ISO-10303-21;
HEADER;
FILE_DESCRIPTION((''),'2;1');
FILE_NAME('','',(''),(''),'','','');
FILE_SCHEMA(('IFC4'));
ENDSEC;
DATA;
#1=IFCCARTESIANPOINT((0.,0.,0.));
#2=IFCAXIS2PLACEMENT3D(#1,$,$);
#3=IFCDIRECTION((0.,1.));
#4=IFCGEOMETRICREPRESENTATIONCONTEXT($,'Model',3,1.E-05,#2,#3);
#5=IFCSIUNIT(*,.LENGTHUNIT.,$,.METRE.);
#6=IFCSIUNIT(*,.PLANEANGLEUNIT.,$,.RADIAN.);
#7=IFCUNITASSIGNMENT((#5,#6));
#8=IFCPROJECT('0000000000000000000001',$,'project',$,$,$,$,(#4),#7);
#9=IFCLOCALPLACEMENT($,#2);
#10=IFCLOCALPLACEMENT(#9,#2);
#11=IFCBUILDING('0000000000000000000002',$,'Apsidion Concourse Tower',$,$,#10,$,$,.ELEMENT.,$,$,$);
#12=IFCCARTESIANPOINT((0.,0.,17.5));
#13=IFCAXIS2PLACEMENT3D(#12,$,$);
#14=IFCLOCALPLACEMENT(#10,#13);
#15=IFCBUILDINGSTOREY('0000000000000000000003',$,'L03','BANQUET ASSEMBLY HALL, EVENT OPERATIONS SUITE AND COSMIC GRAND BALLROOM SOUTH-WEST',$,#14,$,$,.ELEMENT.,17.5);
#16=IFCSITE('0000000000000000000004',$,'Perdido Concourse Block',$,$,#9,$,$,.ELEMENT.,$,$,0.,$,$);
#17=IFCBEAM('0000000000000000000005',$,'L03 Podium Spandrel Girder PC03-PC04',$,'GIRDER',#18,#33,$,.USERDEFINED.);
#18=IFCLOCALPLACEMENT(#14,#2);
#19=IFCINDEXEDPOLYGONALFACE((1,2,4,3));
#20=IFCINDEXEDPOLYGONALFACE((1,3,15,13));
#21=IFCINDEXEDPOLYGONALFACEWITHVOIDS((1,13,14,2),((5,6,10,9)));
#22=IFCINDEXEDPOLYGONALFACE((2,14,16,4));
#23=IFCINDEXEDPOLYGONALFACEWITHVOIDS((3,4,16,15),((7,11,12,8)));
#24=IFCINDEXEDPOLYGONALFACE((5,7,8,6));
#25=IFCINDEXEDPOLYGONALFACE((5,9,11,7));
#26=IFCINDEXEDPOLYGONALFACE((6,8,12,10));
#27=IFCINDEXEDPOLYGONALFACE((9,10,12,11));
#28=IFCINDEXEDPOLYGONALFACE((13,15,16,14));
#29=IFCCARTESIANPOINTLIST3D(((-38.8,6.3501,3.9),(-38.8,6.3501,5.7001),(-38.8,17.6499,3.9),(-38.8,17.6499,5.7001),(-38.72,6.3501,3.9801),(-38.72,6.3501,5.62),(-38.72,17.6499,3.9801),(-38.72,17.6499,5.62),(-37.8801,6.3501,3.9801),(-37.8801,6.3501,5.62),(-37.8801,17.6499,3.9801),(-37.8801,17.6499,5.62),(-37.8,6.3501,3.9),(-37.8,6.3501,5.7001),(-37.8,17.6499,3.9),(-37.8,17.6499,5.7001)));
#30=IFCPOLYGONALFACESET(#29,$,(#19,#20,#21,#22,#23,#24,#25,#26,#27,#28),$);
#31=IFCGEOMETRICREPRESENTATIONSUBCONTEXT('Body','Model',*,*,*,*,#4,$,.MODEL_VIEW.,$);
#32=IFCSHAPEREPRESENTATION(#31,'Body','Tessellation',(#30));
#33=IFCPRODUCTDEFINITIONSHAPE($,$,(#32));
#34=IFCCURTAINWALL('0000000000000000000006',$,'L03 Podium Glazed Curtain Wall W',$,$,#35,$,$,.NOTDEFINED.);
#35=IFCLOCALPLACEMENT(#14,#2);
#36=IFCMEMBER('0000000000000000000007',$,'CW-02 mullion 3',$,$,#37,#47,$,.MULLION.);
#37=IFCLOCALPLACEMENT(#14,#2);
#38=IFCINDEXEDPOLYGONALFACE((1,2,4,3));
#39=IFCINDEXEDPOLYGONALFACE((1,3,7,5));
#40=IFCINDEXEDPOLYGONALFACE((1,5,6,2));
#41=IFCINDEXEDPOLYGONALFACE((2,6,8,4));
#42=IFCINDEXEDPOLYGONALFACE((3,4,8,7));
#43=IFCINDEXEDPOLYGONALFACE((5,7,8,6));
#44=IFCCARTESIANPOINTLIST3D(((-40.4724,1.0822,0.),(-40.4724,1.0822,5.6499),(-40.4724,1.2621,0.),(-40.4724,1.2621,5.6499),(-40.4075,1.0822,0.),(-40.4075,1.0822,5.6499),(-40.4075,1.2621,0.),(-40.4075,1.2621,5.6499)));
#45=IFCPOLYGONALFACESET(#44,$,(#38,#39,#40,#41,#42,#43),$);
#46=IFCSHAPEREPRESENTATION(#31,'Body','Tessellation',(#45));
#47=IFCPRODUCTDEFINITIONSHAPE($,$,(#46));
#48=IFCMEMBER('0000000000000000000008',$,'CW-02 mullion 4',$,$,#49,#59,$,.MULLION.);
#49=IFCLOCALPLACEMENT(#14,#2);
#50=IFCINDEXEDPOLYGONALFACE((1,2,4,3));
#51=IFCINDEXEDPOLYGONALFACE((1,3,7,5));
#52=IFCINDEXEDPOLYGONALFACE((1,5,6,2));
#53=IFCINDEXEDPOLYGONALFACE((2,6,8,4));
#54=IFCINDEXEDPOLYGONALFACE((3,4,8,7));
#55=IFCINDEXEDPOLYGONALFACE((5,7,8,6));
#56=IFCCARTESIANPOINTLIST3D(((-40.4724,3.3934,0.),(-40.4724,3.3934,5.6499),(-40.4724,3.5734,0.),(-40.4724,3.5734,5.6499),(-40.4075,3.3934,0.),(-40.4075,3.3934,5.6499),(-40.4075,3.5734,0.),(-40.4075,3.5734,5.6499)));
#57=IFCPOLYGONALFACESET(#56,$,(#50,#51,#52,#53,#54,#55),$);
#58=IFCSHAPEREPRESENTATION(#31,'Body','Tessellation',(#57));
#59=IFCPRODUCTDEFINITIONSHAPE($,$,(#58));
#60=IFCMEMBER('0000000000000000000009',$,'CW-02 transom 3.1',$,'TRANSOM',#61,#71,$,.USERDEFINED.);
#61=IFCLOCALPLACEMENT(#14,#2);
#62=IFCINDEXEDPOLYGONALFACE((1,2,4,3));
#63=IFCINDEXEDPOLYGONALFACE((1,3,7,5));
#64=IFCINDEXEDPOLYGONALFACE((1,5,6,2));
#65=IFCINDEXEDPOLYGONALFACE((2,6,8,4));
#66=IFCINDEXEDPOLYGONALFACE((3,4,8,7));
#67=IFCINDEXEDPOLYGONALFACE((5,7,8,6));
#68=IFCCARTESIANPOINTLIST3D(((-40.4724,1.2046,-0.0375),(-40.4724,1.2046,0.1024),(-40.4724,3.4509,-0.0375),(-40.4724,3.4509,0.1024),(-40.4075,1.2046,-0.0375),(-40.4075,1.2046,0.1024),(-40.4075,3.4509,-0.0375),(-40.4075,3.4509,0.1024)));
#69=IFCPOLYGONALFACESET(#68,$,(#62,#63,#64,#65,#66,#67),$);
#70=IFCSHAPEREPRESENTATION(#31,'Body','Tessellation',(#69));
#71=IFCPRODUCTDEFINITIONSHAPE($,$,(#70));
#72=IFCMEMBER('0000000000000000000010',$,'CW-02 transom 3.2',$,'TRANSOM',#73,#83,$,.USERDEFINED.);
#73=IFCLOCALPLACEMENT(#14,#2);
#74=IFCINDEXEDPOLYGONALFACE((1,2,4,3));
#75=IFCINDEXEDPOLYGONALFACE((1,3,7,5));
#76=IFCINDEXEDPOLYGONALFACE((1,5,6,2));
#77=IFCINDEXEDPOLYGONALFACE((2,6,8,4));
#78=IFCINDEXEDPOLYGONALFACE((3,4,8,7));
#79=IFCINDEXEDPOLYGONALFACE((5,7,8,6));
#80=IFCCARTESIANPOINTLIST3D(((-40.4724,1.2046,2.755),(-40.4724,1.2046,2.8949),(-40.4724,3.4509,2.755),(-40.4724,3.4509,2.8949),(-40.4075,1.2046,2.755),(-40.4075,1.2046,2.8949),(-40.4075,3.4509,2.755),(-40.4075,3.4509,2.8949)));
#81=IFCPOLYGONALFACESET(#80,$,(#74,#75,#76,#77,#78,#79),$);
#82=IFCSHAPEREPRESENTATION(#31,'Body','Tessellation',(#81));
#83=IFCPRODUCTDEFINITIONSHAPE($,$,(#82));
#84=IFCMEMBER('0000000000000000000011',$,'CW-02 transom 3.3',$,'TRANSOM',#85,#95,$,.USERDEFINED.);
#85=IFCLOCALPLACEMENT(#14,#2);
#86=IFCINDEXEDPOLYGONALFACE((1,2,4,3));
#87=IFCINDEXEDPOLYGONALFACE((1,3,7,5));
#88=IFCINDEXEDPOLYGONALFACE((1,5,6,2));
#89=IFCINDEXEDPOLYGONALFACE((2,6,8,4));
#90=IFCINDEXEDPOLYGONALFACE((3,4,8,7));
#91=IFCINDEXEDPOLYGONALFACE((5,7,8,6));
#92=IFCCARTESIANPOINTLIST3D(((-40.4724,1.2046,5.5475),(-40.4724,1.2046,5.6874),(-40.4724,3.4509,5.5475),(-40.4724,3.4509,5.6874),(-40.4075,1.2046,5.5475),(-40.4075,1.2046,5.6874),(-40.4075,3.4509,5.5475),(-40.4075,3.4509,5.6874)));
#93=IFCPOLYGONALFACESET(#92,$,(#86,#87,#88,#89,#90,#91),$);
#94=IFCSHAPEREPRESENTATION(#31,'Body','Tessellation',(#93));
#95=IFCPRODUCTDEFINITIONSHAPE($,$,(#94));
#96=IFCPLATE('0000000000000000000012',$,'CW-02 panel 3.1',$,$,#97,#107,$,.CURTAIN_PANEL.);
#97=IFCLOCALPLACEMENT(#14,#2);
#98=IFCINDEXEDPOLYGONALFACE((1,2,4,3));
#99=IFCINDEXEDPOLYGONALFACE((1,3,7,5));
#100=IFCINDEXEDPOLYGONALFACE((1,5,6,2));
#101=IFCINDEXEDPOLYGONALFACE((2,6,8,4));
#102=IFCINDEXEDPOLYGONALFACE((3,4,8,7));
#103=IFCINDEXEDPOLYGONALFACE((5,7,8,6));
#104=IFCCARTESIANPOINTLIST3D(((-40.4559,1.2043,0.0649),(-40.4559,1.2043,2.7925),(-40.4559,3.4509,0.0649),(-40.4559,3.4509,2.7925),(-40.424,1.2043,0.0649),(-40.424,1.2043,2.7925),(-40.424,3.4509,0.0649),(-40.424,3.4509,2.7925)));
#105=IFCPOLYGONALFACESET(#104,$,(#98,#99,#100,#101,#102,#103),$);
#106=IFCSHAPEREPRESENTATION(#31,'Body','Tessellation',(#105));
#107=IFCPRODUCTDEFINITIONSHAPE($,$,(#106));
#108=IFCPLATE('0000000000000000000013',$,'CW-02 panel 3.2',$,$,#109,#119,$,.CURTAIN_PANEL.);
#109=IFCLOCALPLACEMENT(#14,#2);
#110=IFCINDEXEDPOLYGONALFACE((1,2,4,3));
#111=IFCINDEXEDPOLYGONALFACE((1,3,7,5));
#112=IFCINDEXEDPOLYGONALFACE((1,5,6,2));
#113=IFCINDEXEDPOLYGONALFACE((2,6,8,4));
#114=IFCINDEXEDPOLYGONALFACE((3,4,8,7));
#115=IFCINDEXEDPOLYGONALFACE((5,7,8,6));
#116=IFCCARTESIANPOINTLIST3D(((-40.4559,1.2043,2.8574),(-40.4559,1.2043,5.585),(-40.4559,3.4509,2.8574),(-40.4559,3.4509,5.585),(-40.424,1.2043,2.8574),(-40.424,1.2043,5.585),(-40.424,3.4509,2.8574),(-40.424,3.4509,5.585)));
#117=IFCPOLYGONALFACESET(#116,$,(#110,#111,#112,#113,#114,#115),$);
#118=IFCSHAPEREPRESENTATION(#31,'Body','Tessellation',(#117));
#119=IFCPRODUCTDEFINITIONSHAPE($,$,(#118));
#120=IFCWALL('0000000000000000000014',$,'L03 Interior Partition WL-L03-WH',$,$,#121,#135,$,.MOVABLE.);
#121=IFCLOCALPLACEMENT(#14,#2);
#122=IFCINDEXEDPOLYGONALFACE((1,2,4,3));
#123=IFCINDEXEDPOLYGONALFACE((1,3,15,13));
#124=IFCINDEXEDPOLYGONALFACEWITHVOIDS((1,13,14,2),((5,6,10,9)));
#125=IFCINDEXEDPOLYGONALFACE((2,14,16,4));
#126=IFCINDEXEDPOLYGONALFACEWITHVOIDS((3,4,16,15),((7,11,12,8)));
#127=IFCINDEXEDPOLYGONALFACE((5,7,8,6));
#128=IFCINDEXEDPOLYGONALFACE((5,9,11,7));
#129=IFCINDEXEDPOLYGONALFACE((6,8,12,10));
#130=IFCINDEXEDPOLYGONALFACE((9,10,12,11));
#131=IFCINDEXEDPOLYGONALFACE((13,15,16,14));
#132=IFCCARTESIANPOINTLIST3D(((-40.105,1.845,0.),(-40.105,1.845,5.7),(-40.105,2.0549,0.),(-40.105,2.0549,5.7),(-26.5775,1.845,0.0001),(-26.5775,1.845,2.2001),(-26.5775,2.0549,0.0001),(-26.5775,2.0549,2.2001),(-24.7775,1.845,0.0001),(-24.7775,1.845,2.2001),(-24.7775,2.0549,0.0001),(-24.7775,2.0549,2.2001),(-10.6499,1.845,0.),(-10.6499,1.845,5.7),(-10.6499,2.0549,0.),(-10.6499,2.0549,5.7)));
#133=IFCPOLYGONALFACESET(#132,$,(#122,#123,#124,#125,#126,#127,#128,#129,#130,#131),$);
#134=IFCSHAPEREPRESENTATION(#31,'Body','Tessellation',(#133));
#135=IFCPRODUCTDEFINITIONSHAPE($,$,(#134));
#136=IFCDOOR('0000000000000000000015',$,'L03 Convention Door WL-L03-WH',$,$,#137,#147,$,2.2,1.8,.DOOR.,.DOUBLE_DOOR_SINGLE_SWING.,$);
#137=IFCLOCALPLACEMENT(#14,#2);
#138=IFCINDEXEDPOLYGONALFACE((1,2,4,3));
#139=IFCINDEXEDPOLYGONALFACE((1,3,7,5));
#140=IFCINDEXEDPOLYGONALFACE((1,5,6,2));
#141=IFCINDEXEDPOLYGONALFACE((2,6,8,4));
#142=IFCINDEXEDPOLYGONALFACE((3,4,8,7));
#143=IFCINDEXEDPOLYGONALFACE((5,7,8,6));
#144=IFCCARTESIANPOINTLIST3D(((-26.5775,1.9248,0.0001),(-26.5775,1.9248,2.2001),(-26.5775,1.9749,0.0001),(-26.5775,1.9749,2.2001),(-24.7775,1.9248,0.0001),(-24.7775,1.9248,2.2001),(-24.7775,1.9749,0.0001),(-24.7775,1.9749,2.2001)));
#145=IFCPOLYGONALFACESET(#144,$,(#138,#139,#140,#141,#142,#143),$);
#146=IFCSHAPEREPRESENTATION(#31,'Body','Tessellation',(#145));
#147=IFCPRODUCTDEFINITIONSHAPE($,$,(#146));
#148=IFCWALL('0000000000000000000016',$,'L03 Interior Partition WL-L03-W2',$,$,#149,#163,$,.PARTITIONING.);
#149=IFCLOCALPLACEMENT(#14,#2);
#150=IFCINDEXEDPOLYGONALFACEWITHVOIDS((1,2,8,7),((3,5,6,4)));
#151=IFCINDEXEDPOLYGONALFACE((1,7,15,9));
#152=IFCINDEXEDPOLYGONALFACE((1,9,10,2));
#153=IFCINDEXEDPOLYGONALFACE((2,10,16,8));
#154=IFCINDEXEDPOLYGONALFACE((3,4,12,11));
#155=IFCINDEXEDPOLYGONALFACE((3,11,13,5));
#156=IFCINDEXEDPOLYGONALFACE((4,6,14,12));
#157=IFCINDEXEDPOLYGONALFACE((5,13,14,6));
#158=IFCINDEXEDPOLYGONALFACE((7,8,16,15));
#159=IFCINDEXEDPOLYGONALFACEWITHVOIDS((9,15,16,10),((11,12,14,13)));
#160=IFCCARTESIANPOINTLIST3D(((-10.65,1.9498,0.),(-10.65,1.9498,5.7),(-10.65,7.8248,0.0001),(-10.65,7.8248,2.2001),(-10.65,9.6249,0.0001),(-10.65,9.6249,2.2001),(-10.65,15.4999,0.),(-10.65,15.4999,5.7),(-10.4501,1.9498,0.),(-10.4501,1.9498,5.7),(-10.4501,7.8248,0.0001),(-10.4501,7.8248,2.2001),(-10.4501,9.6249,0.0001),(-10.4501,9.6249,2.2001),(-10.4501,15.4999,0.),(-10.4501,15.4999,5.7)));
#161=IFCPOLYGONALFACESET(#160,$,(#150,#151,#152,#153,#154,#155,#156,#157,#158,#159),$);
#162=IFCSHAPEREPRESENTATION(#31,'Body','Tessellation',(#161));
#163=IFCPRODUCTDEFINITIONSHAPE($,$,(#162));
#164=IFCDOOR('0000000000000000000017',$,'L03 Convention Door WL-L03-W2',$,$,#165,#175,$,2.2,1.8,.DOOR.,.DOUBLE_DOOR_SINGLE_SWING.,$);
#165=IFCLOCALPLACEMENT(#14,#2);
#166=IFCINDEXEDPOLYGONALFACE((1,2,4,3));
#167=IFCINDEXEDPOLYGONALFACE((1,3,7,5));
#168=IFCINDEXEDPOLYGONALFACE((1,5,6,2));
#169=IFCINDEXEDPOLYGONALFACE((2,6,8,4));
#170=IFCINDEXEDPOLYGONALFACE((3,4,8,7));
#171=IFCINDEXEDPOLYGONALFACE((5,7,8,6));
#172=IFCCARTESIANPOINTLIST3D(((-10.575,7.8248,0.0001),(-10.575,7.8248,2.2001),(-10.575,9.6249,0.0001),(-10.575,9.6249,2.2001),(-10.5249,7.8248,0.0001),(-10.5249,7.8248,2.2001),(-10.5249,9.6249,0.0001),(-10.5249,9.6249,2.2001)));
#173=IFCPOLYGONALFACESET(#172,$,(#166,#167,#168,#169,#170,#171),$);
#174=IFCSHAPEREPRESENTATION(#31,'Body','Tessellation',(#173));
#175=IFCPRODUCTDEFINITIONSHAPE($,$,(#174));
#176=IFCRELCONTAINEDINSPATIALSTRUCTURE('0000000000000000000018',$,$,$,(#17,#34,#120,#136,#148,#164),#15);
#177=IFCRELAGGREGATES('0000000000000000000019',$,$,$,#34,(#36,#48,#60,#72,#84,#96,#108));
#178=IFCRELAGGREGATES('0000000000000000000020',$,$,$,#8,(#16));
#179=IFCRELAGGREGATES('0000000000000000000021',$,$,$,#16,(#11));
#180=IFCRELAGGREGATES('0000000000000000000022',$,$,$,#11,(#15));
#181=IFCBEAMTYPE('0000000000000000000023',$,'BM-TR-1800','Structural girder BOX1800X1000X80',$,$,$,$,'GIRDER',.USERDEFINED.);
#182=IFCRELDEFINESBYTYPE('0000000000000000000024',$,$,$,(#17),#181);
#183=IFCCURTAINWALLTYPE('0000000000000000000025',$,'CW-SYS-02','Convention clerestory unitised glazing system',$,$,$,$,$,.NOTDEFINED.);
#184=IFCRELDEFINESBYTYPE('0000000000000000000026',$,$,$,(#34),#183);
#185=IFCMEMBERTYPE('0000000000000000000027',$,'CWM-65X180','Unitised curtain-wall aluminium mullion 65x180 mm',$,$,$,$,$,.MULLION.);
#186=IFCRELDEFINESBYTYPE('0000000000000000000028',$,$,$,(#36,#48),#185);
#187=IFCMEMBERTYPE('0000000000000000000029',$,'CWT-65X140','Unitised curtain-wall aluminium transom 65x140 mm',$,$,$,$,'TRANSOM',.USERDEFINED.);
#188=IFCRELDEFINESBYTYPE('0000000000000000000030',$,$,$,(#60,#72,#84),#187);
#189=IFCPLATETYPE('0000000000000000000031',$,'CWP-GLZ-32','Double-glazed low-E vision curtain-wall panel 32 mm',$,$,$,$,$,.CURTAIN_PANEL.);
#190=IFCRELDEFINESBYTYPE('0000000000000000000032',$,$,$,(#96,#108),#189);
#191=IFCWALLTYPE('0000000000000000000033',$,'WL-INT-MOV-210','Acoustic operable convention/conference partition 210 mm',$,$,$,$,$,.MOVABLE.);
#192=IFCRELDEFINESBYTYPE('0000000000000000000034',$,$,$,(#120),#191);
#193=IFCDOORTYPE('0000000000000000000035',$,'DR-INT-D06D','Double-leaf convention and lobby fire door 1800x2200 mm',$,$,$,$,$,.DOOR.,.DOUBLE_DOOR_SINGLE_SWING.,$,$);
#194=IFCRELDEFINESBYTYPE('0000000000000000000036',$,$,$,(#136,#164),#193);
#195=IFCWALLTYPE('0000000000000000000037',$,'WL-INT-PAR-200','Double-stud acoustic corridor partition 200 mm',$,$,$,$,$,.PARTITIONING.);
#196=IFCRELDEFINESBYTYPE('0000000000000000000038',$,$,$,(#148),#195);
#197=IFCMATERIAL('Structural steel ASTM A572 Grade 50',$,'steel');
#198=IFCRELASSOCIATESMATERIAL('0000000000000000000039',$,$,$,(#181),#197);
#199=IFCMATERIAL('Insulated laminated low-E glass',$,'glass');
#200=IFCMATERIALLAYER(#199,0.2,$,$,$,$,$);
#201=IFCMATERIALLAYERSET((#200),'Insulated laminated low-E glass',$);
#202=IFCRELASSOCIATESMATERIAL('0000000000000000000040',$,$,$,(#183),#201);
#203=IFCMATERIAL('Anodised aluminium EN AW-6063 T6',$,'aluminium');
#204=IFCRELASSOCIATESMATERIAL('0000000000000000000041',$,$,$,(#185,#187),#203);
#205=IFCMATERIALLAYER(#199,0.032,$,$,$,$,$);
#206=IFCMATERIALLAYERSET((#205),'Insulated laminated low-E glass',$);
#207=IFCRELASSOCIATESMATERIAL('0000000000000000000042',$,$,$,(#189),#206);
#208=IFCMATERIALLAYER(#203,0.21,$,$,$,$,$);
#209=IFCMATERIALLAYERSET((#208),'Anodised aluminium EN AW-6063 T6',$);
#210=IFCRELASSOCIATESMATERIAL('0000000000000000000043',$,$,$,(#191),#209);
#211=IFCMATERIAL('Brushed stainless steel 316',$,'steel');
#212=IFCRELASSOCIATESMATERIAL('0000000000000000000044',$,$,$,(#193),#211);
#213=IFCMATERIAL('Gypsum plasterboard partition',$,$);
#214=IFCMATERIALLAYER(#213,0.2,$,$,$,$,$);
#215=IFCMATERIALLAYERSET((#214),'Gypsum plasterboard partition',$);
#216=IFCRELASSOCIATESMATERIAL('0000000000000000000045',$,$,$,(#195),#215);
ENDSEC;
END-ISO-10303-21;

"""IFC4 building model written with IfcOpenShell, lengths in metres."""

from ifc_helpers import new_model, si_unit, direction, frame, frame_2d, origin, origin_2d, place, context, subcontext, project, spatial, rectangle, hollow_rectangle, extrude, material, layer, layer_set, material_profile, profile_set, type_object, element, fill, aggregate, save


model = new_model("IFC4")

# Units and contexts
model_context = context("Model", 3, precision=1e-05, world=origin(), true_north=direction((0.0, 1.0)))
body_context = subcontext(model_context, "Body", "Model", "MODEL_VIEW")
ifc_project = project(units=[si_unit("LENGTHUNIT", "METRE"), si_unit("PLANEANGLEUNIT", "RADIAN")], contexts=[model_context])

# Site, building, storey
site_placement = place(None, origin())
site = spatial("IfcSite", under=ifc_project, at=site_placement, Name="Perdido Concourse Block", CompositionType="ELEMENT", RefElevation=0.0)
building_placement = place(site_placement, origin())
building = spatial("IfcBuilding", under=site, at=building_placement, Name="Apsidion Concourse Tower", CompositionType="ELEMENT")
storey_placement = place(building_placement, frame((0.0, 0.0, 17.5)))
storey = spatial("IfcBuildingStorey", under=building, at=storey_placement, Name="L03", Description="BANQUET ASSEMBLY HALL, EVENT OPERATIONS SUITE AND COSMIC GRAND BALLROOM SOUTH-WEST", CompositionType="ELEMENT", Elevation=17.5)

# Shared definitions
ifc_material_1 = material(Name="Structural steel ASTM A572 Grade 50", Category="steel")

# Beam
ifc_material_profile_1 = material_profile(ifc_material_1, hollow_rectangle(XDim=1.0, YDim=1.8, WallThickness=0.0801, at=origin_2d()), Name="BOX1800X1000X80")
ifc_profile_set_1 = profile_set([ifc_material_profile_1], Name="Structural steel ASTM A572 Grade 50")
beam_type_1 = type_object("IfcBeamType", Name="BM-TR-1800", Description="Structural girder BOX1800X1000X80", ElementType="GIRDER", PredefinedType="USERDEFINED", material=ifc_profile_set_1)
beam_1_placement = place(storey_placement, frame((-38.3, 6.3501, 4.8), z_axis=(0.0, 1.0, 0.0), x_axis=(-1.0, 0.0, 0.0)))
element("IfcBeam", 1, at=beam_1_placement, inside=storey, type_object=beam_type_1, Name="L03 Podium Spandrel Girder PC03-PC04", ObjectType="GIRDER", PredefinedType="USERDEFINED", context=body_context, shape_type="SweptSolid", body=[
    extrude(hollow_rectangle(XDim=1.0, YDim=1.8, WallThickness=0.0801, at=origin_2d()), origin(), (0.0, 0.0, 1.0), 11.2998),
])

# Curtain wall, members, plates
ifc_material_2 = material(Name="Insulated laminated low-E glass", Category="glass")
ifc_layer_1 = layer(ifc_material_2, 0.2)
ifc_layer_set_1 = layer_set([ifc_layer_1], Name="Insulated laminated low-E glass")
curtain_wall_type = type_object("IfcCurtainWallType", Name="CW-SYS-02", Description="Convention clerestory unitised glazing system", PredefinedType="NOTDEFINED", material=ifc_layer_set_1)
curtain_wall_placement = place(storey_placement, origin())
curtain_wall = element("IfcCurtainWall", 2, at=curtain_wall_placement, inside=storey, type_object=curtain_wall_type, Name="L03 Podium Glazed Curtain Wall W", PredefinedType="NOTDEFINED")
ifc_material_3 = material(Name="Anodised aluminium EN AW-6063 T6", Category="aluminium")
ifc_material_profile_2 = material_profile(ifc_material_3, rectangle(XDim=0.0649, YDim=0.1799, at=origin_2d()), Name="ALU MULLION 65x180")
ifc_profile_set_2 = profile_set([ifc_material_profile_2], Name="Anodised aluminium EN AW-6063 T6")
member_type_1 = type_object("IfcMemberType", Name="CWM-65X180", Description="Unitised curtain-wall aluminium mullion 65x180 mm", PredefinedType="MULLION", material=ifc_profile_set_2)
member_1_placement = place(storey_placement, frame((-40.4399, 1.1721, 0.0), z_axis=(0.0, 0.0, 1.0), x_axis=(-1.0, 0.0, 0.0)))
member_1 = element("IfcMember", 3, at=member_1_placement, type_object=member_type_1, Name="CW-02 mullion 3", PredefinedType="MULLION", context=body_context, shape_type="SweptSolid", body=[
    extrude(rectangle(XDim=0.0649, YDim=0.1799, at=origin_2d()), origin(), (0.0, 0.0, 1.0), 5.6499),
])
member_2_placement = place(storey_placement, frame((-40.4399, 3.4834, 0.0), z_axis=(0.0, 0.0, 1.0), x_axis=(-1.0, 0.0, 0.0)))
member_2 = element("IfcMember", 4, at=member_2_placement, type_object=member_type_1, Name="CW-02 mullion 4", PredefinedType="MULLION", context=body_context, shape_type="SweptSolid", body=[
    extrude(rectangle(XDim=0.0649, YDim=0.1799, at=origin_2d()), origin(), (0.0, 0.0, 1.0), 5.6499),
])
ifc_material_profile_3 = material_profile(ifc_material_3, rectangle(XDim=0.0649, YDim=0.1399, at=origin_2d()), Name="ALU TRANSOM 65x140")
ifc_profile_set_3 = profile_set([ifc_material_profile_3], Name="Anodised aluminium EN AW-6063 T6")
member_type_2 = type_object("IfcMemberType", Name="CWT-65X140", Description="Unitised curtain-wall aluminium transom 65x140 mm", ElementType="TRANSOM", PredefinedType="USERDEFINED", material=ifc_profile_set_3)
member_3_placement = place(storey_placement, frame((-40.4399, 1.2046, 0.0325), z_axis=(0.0, 1.0, 0.0), x_axis=(-1.0, 0.0, 0.0)))
member_3 = element("IfcMember", 5, at=member_3_placement, type_object=member_type_2, Name="CW-02 transom 3.1", ObjectType="TRANSOM", PredefinedType="USERDEFINED", context=body_context, shape_type="SweptSolid", body=[
    extrude(rectangle(XDim=0.0649, YDim=0.1399, at=origin_2d()), origin(), (0.0, 0.0, 1.0), 2.2463),
])
member_4_placement = place(storey_placement, frame((-40.4399, 1.2046, 2.825), z_axis=(0.0, 1.0, 0.0), x_axis=(-1.0, 0.0, 0.0)))
member_4 = element("IfcMember", 6, at=member_4_placement, type_object=member_type_2, Name="CW-02 transom 3.2", ObjectType="TRANSOM", PredefinedType="USERDEFINED", context=body_context, shape_type="SweptSolid", body=[
    extrude(rectangle(XDim=0.0649, YDim=0.1399, at=origin_2d()), origin(), (0.0, 0.0, 1.0), 2.2463),
])
member_5_placement = place(storey_placement, frame((-40.4399, 1.2046, 5.6174), z_axis=(0.0, 1.0, 0.0), x_axis=(-1.0, 0.0, 0.0)))
member_5 = element("IfcMember", 7, at=member_5_placement, type_object=member_type_2, Name="CW-02 transom 3.3", ObjectType="TRANSOM", PredefinedType="USERDEFINED", context=body_context, shape_type="SweptSolid", body=[
    extrude(rectangle(XDim=0.0649, YDim=0.1399, at=origin_2d()), origin(), (0.0, 0.0, 1.0), 2.2463),
])
ifc_layer_2 = layer(ifc_material_2, 0.032)
ifc_layer_set_2 = layer_set([ifc_layer_2], Name="Insulated laminated low-E glass")
plate_type = type_object("IfcPlateType", Name="CWP-GLZ-32", Description="Double-glazed low-E vision curtain-wall panel 32 mm", PredefinedType="CURTAIN_PANEL", material=ifc_layer_set_2)
plate_1_placement = place(storey_placement, frame((-40.4399, 2.3276, 0.0649), z_axis=(0.0, 0.0, 1.0), x_axis=(0.0, 1.0, 0.0)))
plate_1 = element("IfcPlate", 8, at=plate_1_placement, type_object=plate_type, Name="CW-02 panel 3.1", PredefinedType="CURTAIN_PANEL", context=body_context, shape_type="SweptSolid", body=[
    extrude(rectangle(XDim=2.2466, YDim=0.032, at=origin_2d()), origin(), (0.0, 0.0, 1.0), 2.7275),
])
plate_2_placement = place(storey_placement, frame((-40.4399, 2.3276, 2.8574), z_axis=(0.0, 0.0, 1.0), x_axis=(0.0, 1.0, 0.0)))
plate_2 = element("IfcPlate", 9, at=plate_2_placement, type_object=plate_type, Name="CW-02 panel 3.2", PredefinedType="CURTAIN_PANEL", context=body_context, shape_type="SweptSolid", body=[
    extrude(rectangle(XDim=2.2466, YDim=0.032, at=origin_2d()), origin(), (0.0, 0.0, 1.0), 2.7275),
])
aggregate(curtain_wall, [member_1, member_2, member_3, member_4, member_5, plate_1, plate_2])

# Walls, openings, doors
ifc_layer_3 = layer(ifc_material_3, 0.21)
ifc_layer_set_3 = layer_set([ifc_layer_3], Name="Anodised aluminium EN AW-6063 T6")
wall_type_1 = type_object("IfcWallType", Name="WL-INT-MOV-210", Description="Acoustic operable convention/conference partition 210 mm", PredefinedType="MOVABLE", material=ifc_layer_set_3)
wall_1_placement = place(storey_placement, frame((-40.105, 1.95, 0.0), z_axis=(0.0, 0.0, 1.0), x_axis=(1.0, 0.0, 0.0)))
wall_1 = element("IfcWall", 10, at=wall_1_placement, inside=storey, type_object=wall_type_1, Name="L03 Interior Partition WL-L03-WH", PredefinedType="MOVABLE", context=body_context, shape_type="SweptSolid", body=[
    extrude(rectangle(XDim=29.4551, YDim=0.21, at=frame_2d((14.7275, 0.0))), origin(), (0.0, 0.0, 1.0), 5.7),
])
opening_1_placement = place(wall_1_placement, frame((13.5276, 0.0, 0.0)))
opening_1 = element("IfcOpeningElement", 11, at=opening_1_placement, cuts=wall_1, PredefinedType="OPENING", context=body_context, shape_type="SweptSolid", body=[
    extrude(rectangle(XDim=1.8, YDim=2.2, at=frame_2d((0.8999, 1.1001))), frame((0.0, 0.115, 0.0), z_axis=(0.0, -1.0, 0.0), x_axis=(1.0, 0.0, 0.0)), (0.0, 0.0, 1.0), 0.23),
])
ifc_material_4 = material(Name="Brushed stainless steel 316", Category="steel")
door_type = type_object("IfcDoorType", Name="DR-INT-D06D", Description="Double-leaf convention and lobby fire door 1800x2200 mm", OperationType="DOUBLE_DOOR_SINGLE_SWING", PredefinedType="DOOR", material=ifc_material_4)
door_1_placement = place(opening_1_placement, origin())
door_1 = element("IfcDoor", 12, at=door_1_placement, inside=storey, type_object=door_type, Name="L03 Convention Door WL-L03-WH", OperationType="DOUBLE_DOOR_SINGLE_SWING", OverallHeight=2.2, OverallWidth=1.8, PredefinedType="DOOR", context=body_context, shape_type="SweptSolid", body=[
    extrude(rectangle(XDim=1.8, YDim=2.2, at=frame_2d((0.8999, 1.1001))), frame((0.0, 0.0249, 0.0), z_axis=(0.0, -1.0, 0.0), x_axis=(1.0, 0.0, 0.0)), (0.0, 0.0, 1.0), 0.05),
])
fill(opening_1, door_1)
ifc_material_5 = material(Name="Gypsum plasterboard partition")
ifc_layer_4 = layer(ifc_material_5, 0.2)
ifc_layer_set_4 = layer_set([ifc_layer_4], Name="Gypsum plasterboard partition")
wall_type_2 = type_object("IfcWallType", Name="WL-INT-PAR-200", Description="Double-stud acoustic corridor partition 200 mm", PredefinedType="PARTITIONING", material=ifc_layer_set_4)
wall_2_placement = place(storey_placement, frame((-10.55, 1.95, 0.0), z_axis=(0.0, 0.0, 1.0), x_axis=(0.0, 1.0, 0.0)))
wall_2 = element("IfcWall", 13, at=wall_2_placement, inside=storey, type_object=wall_type_2, Name="L03 Interior Partition WL-L03-W2", PredefinedType="PARTITIONING", context=body_context, shape_type="SweptSolid", body=[
    extrude(rectangle(XDim=13.55, YDim=0.2, at=frame_2d((6.7749, 0.0))), origin(), (0.0, 0.0, 1.0), 5.7),
])
opening_2_placement = place(wall_2_placement, frame((5.875, 0.0, 0.0)))
opening_2 = element("IfcOpeningElement", 14, at=opening_2_placement, cuts=wall_2, PredefinedType="OPENING", context=body_context, shape_type="SweptSolid", body=[
    extrude(rectangle(XDim=1.8, YDim=2.2, at=frame_2d((0.8999, 1.1001))), frame((0.0, 0.1099, 0.0), z_axis=(0.0, -1.0, 0.0), x_axis=(1.0, 0.0, 0.0)), (0.0, 0.0, 1.0), 0.22),
])
door_2_placement = place(opening_2_placement, origin())
door_2 = element("IfcDoor", 15, at=door_2_placement, inside=storey, type_object=door_type, Name="L03 Convention Door WL-L03-W2", OperationType="DOUBLE_DOOR_SINGLE_SWING", OverallHeight=2.2, OverallWidth=1.8, PredefinedType="DOOR", context=body_context, shape_type="SweptSolid", body=[
    extrude(rectangle(XDim=1.8, YDim=2.2, at=frame_2d((0.8999, 1.1001))), frame((0.0, 0.0249, 0.0), z_axis=(0.0, -1.0, 0.0), x_axis=(1.0, 0.0, 0.0)), (0.0, 0.0, 1.0), 0.05),
])
fill(opening_2, door_2)

save(model, "model.ifc")
